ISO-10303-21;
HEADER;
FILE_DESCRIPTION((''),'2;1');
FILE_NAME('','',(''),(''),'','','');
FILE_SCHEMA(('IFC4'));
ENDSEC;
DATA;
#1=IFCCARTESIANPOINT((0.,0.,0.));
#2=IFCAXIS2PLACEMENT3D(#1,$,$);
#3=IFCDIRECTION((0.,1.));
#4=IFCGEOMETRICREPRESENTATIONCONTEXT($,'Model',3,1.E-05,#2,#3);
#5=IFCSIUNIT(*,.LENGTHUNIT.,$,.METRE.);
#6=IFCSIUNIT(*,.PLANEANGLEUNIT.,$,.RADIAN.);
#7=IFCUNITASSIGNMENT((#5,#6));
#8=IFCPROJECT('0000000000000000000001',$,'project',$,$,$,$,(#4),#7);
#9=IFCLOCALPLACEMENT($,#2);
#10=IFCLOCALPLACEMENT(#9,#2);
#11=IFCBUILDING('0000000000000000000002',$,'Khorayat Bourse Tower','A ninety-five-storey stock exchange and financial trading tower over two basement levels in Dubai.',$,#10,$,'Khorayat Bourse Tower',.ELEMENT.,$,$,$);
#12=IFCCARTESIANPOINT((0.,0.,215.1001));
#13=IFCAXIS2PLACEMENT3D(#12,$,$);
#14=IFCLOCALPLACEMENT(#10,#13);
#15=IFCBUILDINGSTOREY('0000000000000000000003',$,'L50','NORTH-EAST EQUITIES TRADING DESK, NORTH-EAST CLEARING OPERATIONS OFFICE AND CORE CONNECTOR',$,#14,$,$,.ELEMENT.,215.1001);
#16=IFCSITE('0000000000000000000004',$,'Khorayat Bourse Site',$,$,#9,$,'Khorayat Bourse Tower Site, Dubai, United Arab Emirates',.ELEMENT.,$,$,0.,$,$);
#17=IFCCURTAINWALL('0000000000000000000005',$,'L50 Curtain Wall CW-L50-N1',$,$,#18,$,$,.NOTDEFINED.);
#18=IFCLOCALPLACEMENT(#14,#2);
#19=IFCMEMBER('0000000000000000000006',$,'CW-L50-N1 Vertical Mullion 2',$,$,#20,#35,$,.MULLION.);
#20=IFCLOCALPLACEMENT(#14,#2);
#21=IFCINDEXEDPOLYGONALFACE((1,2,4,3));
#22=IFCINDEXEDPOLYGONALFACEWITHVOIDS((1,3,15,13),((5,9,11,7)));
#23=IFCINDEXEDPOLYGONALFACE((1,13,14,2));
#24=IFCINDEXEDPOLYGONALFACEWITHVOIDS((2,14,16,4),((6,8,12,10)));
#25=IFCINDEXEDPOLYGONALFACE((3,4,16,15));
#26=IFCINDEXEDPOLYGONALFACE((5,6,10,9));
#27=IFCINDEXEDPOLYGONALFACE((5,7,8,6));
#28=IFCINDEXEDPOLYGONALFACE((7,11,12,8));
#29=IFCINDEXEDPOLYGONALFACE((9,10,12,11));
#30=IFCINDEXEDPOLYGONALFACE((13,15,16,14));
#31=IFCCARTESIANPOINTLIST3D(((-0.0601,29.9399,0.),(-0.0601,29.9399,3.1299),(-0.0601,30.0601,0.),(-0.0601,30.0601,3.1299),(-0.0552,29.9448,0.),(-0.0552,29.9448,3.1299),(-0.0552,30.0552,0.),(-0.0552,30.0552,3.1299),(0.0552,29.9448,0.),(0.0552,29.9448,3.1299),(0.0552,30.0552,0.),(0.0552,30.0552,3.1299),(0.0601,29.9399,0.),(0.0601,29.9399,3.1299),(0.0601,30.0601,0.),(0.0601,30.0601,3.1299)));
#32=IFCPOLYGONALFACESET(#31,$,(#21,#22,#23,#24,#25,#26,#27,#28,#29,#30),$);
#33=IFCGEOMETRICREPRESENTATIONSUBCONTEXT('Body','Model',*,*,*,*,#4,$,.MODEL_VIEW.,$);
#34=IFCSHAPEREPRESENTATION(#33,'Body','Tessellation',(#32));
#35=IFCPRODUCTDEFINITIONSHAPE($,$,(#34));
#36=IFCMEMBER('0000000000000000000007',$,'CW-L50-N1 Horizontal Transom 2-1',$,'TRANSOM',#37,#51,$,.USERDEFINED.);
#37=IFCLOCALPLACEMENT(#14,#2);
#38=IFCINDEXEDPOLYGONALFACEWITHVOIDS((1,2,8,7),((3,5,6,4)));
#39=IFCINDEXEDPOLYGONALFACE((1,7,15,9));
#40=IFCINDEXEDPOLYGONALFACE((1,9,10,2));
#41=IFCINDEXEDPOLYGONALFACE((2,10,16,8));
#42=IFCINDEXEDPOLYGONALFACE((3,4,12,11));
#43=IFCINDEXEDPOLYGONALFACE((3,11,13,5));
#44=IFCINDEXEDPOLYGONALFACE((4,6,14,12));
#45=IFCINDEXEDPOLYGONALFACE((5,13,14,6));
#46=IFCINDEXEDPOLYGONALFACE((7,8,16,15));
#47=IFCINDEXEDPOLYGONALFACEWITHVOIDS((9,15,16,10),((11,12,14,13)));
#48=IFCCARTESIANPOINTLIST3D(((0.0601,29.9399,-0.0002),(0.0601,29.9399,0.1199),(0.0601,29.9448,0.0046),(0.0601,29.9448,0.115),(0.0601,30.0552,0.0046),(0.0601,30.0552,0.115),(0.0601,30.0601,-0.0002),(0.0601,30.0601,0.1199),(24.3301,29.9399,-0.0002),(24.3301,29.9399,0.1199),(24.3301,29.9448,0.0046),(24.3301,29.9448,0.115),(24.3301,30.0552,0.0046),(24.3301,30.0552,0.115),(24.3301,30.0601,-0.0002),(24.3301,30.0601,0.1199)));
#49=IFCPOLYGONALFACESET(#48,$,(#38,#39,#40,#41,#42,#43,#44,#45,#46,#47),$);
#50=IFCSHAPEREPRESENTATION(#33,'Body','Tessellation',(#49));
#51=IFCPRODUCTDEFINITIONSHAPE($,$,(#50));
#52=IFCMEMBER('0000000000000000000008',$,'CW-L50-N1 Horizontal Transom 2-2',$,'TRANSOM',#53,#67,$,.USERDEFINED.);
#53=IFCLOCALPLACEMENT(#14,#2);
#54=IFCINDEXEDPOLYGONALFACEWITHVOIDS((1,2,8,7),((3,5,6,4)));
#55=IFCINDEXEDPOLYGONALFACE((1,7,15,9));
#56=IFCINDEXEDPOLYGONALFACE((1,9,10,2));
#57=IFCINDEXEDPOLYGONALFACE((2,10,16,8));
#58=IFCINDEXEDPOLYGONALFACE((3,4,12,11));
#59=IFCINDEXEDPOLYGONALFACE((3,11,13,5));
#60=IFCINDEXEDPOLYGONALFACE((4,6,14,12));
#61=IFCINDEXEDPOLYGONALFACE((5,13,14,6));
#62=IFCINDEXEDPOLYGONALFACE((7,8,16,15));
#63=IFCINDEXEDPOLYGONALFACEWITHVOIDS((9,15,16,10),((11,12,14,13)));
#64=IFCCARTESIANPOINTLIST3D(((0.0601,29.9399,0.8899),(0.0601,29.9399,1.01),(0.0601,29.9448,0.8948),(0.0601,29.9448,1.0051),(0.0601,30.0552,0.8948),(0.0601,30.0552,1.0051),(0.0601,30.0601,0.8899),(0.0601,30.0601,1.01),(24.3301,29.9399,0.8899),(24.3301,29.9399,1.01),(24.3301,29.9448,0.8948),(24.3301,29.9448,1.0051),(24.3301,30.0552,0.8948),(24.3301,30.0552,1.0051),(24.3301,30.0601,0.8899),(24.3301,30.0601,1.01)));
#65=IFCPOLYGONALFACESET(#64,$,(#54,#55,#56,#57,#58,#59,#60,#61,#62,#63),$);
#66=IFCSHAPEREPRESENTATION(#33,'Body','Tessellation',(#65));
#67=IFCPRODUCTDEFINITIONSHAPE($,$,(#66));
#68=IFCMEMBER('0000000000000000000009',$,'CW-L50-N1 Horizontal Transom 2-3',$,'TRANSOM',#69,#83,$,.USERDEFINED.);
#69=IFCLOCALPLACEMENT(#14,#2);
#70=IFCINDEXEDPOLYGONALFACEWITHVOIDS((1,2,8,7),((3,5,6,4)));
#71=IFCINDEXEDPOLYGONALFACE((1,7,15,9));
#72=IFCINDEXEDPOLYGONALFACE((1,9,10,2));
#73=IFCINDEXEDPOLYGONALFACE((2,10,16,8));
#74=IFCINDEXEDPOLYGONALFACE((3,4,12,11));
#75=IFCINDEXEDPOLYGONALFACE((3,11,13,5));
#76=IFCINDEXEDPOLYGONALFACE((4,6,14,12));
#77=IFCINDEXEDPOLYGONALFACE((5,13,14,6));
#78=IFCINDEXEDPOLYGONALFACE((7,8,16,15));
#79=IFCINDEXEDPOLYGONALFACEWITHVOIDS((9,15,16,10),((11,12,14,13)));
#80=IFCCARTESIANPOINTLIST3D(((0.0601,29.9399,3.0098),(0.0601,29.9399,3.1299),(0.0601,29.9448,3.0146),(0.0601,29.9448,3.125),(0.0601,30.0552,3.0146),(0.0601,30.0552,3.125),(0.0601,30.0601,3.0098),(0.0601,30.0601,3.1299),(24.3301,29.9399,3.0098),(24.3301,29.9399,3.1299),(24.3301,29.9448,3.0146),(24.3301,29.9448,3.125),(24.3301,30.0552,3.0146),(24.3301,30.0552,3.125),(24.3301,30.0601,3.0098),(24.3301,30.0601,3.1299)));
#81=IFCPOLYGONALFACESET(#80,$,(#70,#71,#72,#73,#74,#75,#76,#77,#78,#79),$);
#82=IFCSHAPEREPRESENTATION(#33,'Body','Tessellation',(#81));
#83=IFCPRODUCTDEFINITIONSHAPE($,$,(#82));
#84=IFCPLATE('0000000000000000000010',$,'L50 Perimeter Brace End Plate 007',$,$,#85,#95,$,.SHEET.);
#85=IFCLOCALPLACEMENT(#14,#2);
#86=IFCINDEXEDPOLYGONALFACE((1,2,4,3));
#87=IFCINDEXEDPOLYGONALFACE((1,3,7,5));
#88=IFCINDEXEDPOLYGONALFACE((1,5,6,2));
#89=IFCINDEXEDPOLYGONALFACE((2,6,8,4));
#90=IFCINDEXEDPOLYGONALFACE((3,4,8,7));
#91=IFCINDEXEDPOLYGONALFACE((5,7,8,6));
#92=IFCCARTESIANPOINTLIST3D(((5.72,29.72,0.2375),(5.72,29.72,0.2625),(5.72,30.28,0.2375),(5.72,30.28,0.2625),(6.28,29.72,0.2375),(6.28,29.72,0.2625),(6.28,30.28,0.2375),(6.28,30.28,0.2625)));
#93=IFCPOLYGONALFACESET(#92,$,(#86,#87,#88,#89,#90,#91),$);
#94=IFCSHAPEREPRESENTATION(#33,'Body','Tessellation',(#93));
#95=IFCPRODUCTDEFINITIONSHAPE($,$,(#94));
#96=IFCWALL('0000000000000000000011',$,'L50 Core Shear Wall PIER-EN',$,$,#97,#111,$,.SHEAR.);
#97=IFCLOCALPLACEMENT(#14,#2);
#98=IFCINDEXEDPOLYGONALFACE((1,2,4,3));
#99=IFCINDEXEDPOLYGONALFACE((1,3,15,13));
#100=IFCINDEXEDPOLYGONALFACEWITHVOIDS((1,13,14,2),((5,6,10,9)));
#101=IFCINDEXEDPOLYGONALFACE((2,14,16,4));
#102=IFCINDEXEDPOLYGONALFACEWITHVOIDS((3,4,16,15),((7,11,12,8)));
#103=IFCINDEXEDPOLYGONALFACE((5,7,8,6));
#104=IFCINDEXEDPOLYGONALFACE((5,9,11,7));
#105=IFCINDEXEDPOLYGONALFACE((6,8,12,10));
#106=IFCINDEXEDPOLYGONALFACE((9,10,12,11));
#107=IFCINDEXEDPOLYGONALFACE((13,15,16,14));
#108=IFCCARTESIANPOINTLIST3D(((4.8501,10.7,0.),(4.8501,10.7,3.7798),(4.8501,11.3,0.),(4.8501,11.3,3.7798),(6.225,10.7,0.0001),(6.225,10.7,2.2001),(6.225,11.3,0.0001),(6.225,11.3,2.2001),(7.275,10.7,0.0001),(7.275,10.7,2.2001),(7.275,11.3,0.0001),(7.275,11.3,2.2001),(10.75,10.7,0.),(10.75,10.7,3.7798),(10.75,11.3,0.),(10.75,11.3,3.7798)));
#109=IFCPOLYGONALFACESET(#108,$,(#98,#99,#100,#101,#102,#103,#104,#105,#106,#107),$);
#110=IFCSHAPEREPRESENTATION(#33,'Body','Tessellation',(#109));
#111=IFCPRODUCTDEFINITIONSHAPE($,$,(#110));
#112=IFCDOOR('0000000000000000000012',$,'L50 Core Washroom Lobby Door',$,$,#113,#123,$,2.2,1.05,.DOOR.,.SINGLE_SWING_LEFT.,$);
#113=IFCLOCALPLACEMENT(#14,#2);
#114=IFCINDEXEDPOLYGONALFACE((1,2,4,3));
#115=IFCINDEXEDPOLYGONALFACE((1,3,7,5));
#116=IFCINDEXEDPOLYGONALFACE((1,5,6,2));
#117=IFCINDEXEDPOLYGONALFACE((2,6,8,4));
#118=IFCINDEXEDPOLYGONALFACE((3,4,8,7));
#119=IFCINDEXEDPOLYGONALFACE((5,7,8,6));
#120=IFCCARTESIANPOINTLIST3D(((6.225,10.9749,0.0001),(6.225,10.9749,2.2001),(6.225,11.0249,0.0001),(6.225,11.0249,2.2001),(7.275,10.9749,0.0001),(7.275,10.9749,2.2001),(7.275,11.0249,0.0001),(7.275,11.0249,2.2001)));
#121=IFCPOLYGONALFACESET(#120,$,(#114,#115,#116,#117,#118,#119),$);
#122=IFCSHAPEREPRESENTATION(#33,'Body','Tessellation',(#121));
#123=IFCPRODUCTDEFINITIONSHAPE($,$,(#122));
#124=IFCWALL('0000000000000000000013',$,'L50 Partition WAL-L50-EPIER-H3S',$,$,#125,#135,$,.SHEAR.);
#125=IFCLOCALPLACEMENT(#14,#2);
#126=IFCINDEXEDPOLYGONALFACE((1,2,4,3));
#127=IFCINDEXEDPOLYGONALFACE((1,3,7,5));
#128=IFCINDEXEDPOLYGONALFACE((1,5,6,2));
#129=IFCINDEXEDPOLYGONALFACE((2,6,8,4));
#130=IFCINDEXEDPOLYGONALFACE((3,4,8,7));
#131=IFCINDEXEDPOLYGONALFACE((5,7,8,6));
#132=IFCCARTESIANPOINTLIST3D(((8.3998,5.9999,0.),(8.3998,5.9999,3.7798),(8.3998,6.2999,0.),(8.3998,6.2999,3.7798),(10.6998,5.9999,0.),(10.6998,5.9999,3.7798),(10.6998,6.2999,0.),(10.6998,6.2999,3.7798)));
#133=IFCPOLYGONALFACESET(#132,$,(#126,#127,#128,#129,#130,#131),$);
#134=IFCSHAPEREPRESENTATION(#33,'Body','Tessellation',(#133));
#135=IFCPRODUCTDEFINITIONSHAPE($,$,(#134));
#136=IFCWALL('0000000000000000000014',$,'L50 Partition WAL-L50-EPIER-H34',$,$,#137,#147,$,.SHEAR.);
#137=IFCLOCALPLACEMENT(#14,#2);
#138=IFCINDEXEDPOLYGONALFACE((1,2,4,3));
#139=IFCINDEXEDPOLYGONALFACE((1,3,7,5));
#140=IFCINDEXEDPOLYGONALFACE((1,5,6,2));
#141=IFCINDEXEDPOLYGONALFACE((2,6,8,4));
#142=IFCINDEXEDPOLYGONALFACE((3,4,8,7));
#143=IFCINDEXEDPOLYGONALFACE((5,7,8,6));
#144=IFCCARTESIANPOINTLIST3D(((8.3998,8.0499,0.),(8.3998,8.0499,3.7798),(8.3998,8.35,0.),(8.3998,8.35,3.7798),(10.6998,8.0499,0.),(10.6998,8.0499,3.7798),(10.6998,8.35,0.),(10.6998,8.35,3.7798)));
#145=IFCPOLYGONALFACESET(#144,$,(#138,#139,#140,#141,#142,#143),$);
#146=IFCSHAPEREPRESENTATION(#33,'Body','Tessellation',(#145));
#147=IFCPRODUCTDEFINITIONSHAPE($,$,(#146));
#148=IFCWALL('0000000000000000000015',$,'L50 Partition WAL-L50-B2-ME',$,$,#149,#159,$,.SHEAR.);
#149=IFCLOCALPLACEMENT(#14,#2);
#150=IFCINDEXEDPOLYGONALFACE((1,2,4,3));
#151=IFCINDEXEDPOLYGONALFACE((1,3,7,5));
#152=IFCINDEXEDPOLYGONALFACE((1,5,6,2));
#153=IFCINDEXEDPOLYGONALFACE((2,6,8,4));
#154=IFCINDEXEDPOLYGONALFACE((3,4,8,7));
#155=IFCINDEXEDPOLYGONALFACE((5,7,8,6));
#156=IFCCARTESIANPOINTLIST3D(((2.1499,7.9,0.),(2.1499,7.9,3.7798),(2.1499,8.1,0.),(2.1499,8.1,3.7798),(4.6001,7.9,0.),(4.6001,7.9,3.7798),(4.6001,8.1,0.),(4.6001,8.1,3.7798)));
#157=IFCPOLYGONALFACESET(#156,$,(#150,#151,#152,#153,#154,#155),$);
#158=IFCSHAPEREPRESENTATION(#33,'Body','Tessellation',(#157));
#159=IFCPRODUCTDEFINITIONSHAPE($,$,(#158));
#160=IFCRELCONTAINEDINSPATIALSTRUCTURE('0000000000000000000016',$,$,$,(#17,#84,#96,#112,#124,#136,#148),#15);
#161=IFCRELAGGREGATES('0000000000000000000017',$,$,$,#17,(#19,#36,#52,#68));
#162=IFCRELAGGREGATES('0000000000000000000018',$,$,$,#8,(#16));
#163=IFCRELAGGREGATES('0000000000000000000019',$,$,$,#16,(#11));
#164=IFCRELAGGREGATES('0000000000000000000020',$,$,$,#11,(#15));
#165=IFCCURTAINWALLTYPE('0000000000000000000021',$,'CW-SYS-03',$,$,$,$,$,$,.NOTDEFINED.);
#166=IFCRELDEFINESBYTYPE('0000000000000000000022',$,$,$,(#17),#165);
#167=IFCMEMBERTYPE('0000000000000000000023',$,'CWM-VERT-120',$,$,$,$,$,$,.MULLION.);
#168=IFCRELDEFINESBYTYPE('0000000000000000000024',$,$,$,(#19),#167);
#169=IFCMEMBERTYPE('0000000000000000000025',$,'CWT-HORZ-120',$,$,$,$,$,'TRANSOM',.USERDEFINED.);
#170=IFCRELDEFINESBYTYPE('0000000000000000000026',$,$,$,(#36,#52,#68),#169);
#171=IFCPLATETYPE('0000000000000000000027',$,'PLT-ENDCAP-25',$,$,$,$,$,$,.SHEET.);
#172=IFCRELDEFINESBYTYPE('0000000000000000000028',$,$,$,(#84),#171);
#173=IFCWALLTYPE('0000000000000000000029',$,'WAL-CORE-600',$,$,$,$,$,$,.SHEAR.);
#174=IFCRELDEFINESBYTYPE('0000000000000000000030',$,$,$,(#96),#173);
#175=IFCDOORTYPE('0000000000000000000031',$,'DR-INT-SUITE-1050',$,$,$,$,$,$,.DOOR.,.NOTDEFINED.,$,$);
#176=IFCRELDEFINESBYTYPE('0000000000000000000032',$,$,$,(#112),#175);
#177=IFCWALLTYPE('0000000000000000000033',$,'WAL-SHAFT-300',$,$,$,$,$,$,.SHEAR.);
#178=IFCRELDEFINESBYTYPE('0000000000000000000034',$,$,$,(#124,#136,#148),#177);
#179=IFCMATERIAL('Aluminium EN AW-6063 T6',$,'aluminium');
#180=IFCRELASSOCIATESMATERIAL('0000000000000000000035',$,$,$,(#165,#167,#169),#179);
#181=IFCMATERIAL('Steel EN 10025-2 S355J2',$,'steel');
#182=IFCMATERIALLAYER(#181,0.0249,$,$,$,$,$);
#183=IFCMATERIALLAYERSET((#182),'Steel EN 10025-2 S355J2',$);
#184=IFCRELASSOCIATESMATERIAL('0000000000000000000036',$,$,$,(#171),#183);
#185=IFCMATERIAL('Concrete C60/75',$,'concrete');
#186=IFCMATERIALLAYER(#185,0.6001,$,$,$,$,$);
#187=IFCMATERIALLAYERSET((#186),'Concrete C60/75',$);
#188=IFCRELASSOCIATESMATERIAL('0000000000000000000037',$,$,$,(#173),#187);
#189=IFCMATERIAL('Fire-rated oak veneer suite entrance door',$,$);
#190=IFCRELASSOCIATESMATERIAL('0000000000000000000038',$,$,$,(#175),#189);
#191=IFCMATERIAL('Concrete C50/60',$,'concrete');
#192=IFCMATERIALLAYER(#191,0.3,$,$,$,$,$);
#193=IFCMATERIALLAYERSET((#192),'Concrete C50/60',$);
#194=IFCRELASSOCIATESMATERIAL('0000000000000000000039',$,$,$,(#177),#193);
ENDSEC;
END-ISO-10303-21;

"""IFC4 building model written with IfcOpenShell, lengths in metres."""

from ifc_helpers import new_model, si_unit, direction, frame, frame_2d, origin, origin_2d, place, context, subcontext, project, spatial, rectangle, hollow_rectangle, extrude, source, transform, mapped, material, layer, layer_set, material_profile, profile_set, type_object, element, fill, aggregate, save


model = new_model("IFC4")

# Units and contexts
model_context = context("Model", 3, precision=1e-05, world=origin(), true_north=direction((0.0, 1.0)))
body_context = subcontext(model_context, "Body", "Model", "MODEL_VIEW")
ifc_project = project(units=[si_unit("LENGTHUNIT", "METRE"), si_unit("PLANEANGLEUNIT", "RADIAN")], contexts=[model_context])

# Site, building, storey
site_placement = place(None, origin())
site = spatial("IfcSite", under=ifc_project, at=site_placement, Name="Khorayat Bourse Site", LongName="Khorayat Bourse Tower Site, Dubai, United Arab Emirates", CompositionType="ELEMENT", RefElevation=0.0)
building_placement = place(site_placement, origin())
building = spatial("IfcBuilding", under=site, at=building_placement, Name="Khorayat Bourse Tower", Description="A ninety-five-storey stock exchange and financial trading tower over two basement levels in Dubai.", LongName="Khorayat Bourse Tower", CompositionType="ELEMENT")
storey_placement = place(building_placement, frame((0.0, 0.0, 215.1001)))
storey = spatial("IfcBuildingStorey", under=building, at=storey_placement, Name="L50", Description="NORTH-EAST EQUITIES TRADING DESK, NORTH-EAST CLEARING OPERATIONS OFFICE AND CORE CONNECTOR", CompositionType="ELEMENT", Elevation=215.1001)

# Shared definitions
ifc_material_1 = material(Name="Concrete C60/75", Category="concrete")

# Curtain wall, members
ifc_material_2 = material(Name="Aluminium EN AW-6063 T6", Category="aluminium")
curtain_wall_type = type_object("IfcCurtainWallType", Name="CW-SYS-03", PredefinedType="NOTDEFINED", material=ifc_material_2)
curtain_wall_placement = place(storey_placement, origin())
curtain_wall = element("IfcCurtainWall", 1, at=curtain_wall_placement, inside=storey, type_object=curtain_wall_type, Name="L50 Curtain Wall CW-L50-N1", PredefinedType="NOTDEFINED")
ifc_material_profile_1 = material_profile(ifc_material_2, hollow_rectangle(XDim=0.1201, YDim=0.1201, WallThickness=0.0049, at=origin_2d()), Name="ALU 120x120x5")
ifc_profile_set_1 = profile_set([ifc_material_profile_1], Name="Aluminium EN AW-6063 T6")
member_type_1 = type_object("IfcMemberType", Name="CWM-VERT-120", PredefinedType="MULLION", material=ifc_profile_set_1)
shared_shape_1 = source(origin(), body_context, "Body", "SweptSolid", [
    extrude(hollow_rectangle(XDim=0.1201, YDim=0.1201, WallThickness=0.0049, at=origin_2d()), origin(), (0.0, 0.0, 1.0), 3.1299),
])
member_1_placement = place(storey_placement, frame((0.0, 30.0, 0.0), z_axis=(0.0, 0.0, 1.0), x_axis=(0.0, 1.0, 0.0)))
member_1 = element("IfcMember", 2, at=member_1_placement, type_object=member_type_1, Name="CW-L50-N1 Vertical Mullion 2", PredefinedType="MULLION", context=body_context, shape_type="MappedRepresentation", body=[
    mapped(shared_shape_1, transform((0.0, 0.0, 0.0), scale=1.0)),
])
ifc_material_profile_2 = material_profile(ifc_material_2, hollow_rectangle(XDim=0.1201, YDim=0.1201, WallThickness=0.0049, at=origin_2d()), Name="ALU 120x120x5")
ifc_profile_set_2 = profile_set([ifc_material_profile_2], Name="Aluminium EN AW-6063 T6")
member_type_2 = type_object("IfcMemberType", Name="CWT-HORZ-120", ElementType="TRANSOM", PredefinedType="USERDEFINED", material=ifc_profile_set_2)
shared_shape_2 = source(origin(), body_context, "Body", "SweptSolid", [
    extrude(hollow_rectangle(XDim=0.1201, YDim=0.1201, WallThickness=0.0049, at=origin_2d()), origin(), (0.0, 0.0, 1.0), 24.27),
])
member_2_placement = place(storey_placement, frame((0.0601, 30.0, 0.0598), z_axis=(1.0, 0.0, 0.0), x_axis=(0.0, 1.0, 0.0)))
member_2 = element("IfcMember", 3, at=member_2_placement, type_object=member_type_2, Name="CW-L50-N1 Horizontal Transom 2-1", ObjectType="TRANSOM", PredefinedType="USERDEFINED", context=body_context, shape_type="MappedRepresentation", body=[
    mapped(shared_shape_2, transform((0.0, 0.0, 0.0), scale=1.0)),
])
member_3_placement = place(storey_placement, frame((0.0601, 30.0, 0.95), z_axis=(1.0, 0.0, 0.0), x_axis=(0.0, 1.0, 0.0)))
member_3 = element("IfcMember", 4, at=member_3_placement, type_object=member_type_2, Name="CW-L50-N1 Horizontal Transom 2-2", ObjectType="TRANSOM", PredefinedType="USERDEFINED", context=body_context, shape_type="MappedRepresentation", body=[
    mapped(shared_shape_2, transform((0.0, 0.0, 0.0), scale=1.0)),
])
member_4_placement = place(storey_placement, frame((0.0601, 30.0, 3.0698), z_axis=(1.0, 0.0, 0.0), x_axis=(0.0, 1.0, 0.0)))
member_4 = element("IfcMember", 5, at=member_4_placement, type_object=member_type_2, Name="CW-L50-N1 Horizontal Transom 2-3", ObjectType="TRANSOM", PredefinedType="USERDEFINED", context=body_context, shape_type="MappedRepresentation", body=[
    mapped(shared_shape_2, transform((0.0, 0.0, 0.0), scale=1.0)),
])
aggregate(curtain_wall, [member_1, member_2, member_3, member_4])

# Plate
ifc_material_3 = material(Name="Steel EN 10025-2 S355J2", Category="steel")
ifc_layer_1 = layer(ifc_material_3, 0.0249)
ifc_layer_set_1 = layer_set([ifc_layer_1], Name="Steel EN 10025-2 S355J2")
plate_type = type_object("IfcPlateType", Name="PLT-ENDCAP-25", PredefinedType="SHEET", material=ifc_layer_set_1)
shared_shape_3 = source(origin(), body_context, "Body", "SweptSolid", [
    extrude(rectangle(XDim=0.5601, YDim=0.5601, at=origin_2d()), origin(), (0.0, 0.0, 1.0), 0.0249),
])
plate_placement = place(storey_placement, frame((6.0, 30.0, 0.2375), z_axis=(0.0, 0.0, 1.0), x_axis=(1.0, 0.0, 0.0)))
element("IfcPlate", 6, at=plate_placement, inside=storey, type_object=plate_type, Name="L50 Perimeter Brace End Plate 007", PredefinedType="SHEET", context=body_context, shape_type="MappedRepresentation", body=[
    mapped(shared_shape_3, transform((0.0, 0.0, 0.0), scale=1.0)),
])

# Wall, opening, door
ifc_layer_2 = layer(ifc_material_1, 0.6001)
ifc_layer_set_2 = layer_set([ifc_layer_2], Name="Concrete C60/75")
wall_type_1 = type_object("IfcWallType", Name="WAL-CORE-600", PredefinedType="SHEAR", material=ifc_layer_set_2)
shared_shape_4 = source(origin(), body_context, "Body", "SweptSolid", [
    extrude(rectangle(XDim=5.8999, YDim=0.6001, at=frame_2d((2.95, 0.0))), origin(), (0.0, 0.0, 1.0), 3.7798),
])
wall_1_placement = place(storey_placement, frame((4.8501, 11.0, 0.0), z_axis=(0.0, 0.0, 1.0), x_axis=(1.0, 0.0, 0.0)))
wall_1 = element("IfcWall", 7, at=wall_1_placement, inside=storey, type_object=wall_type_1, Name="L50 Core Shear Wall PIER-EN", PredefinedType="SHEAR", context=body_context, shape_type="MappedRepresentation", body=[
    mapped(shared_shape_4, transform((0.0, 0.0, 0.0), scale=1.0)),
])
shared_shape_5 = source(origin(), body_context, "Body", "SweptSolid", [
    extrude(rectangle(XDim=1.05, YDim=2.2, at=frame_2d((0.5249, 1.1001))), frame((0.0, 0.3101, 0.0), z_axis=(0.0, -1.0, 0.0), x_axis=(1.0, 0.0, 0.0)), (0.0, 0.0, 1.0), 0.6201),
])
opening_1_placement = place(wall_1_placement, frame((1.375, 0.0, 0.0)))
opening_1 = element("IfcOpeningElement", 8, at=opening_1_placement, cuts=wall_1, PredefinedType="OPENING", context=body_context, shape_type="MappedRepresentation", body=[
    mapped(shared_shape_5, transform((0.0, 0.0, 0.0), scale=1.0)),
])
ifc_material_4 = material(Name="Fire-rated oak veneer suite entrance door")
door_type_1 = type_object("IfcDoorType", Name="DR-INT-SUITE-1050", OperationType="NOTDEFINED", PredefinedType="DOOR", material=ifc_material_4)
shared_shape_6 = source(origin(), body_context, "Body", "SweptSolid", [
    extrude(rectangle(XDim=1.05, YDim=2.2, at=frame_2d((0.5249, 1.1001))), frame((0.0, 0.0249, 0.0), z_axis=(0.0, -1.0, 0.0), x_axis=(1.0, 0.0, 0.0)), (0.0, 0.0, 1.0), 0.05),
])
door_1_placement = place(opening_1_placement, origin())
door_1 = element("IfcDoor", 9, at=door_1_placement, inside=storey, type_object=door_type_1, Name="L50 Core Washroom Lobby Door", OperationType="SINGLE_SWING_LEFT", OverallHeight=2.2, OverallWidth=1.05, PredefinedType="DOOR", context=body_context, shape_type="MappedRepresentation", body=[
    mapped(shared_shape_6, transform((0.0, 0.0, 0.0), scale=1.0)),
])
fill(opening_1, door_1)

# Walls
ifc_material_5 = material(Name="Concrete C50/60", Category="concrete")
ifc_layer_3 = layer(ifc_material_5, 0.3)
ifc_layer_set_3 = layer_set([ifc_layer_3], Name="Concrete C50/60")
wall_type_2 = type_object("IfcWallType", Name="WAL-SHAFT-300", PredefinedType="SHEAR", material=ifc_layer_set_3)
shared_shape_7 = source(origin(), body_context, "Body", "SweptSolid", [
    extrude(rectangle(XDim=2.3, YDim=0.3, at=frame_2d((1.1499, 0.0))), origin(), (0.0, 0.0, 1.0), 3.7798),
])
for number, where, z_axis, x_axis, name in (
    (10, (8.3999, 6.1499, 0.0), (0.0, 0.0, 1.0), (1.0, 0.0, 0.0), "L50 Partition WAL-L50-EPIER-H3S"),
    (11, (8.3999, 8.2, 0.0), (0.0, 0.0, 1.0), (1.0, 0.0, 0.0), "L50 Partition WAL-L50-EPIER-H34"),
):
    element("IfcWall", number, at=place(storey_placement, frame(where, z_axis=z_axis, x_axis=x_axis)), inside=storey, type_object=wall_type_2, Name=name, PredefinedType="SHEAR", context=body_context, shape_type="MappedRepresentation", body=[
        mapped(shared_shape_7, transform((0.0, 0.0, 0.0), scale=1.0)),
    ])

# Wall
shared_shape_8 = source(origin(), body_context, "Body", "SweptSolid", [
    extrude(rectangle(XDim=2.4502, YDim=0.2, at=frame_2d((1.2251, 0.0))), origin(), (0.0, 0.0, 1.0), 3.7798),
])
wall_2_placement = place(storey_placement, frame((2.1499, 8.0, 0.0), z_axis=(0.0, 0.0, 1.0), x_axis=(1.0, 0.0, 0.0)))
element("IfcWall", 12, at=wall_2_placement, inside=storey, type_object=wall_type_2, Name="L50 Partition WAL-L50-B2-ME", PredefinedType="SHEAR", context=body_context, shape_type="MappedRepresentation", body=[
    mapped(shared_shape_8, transform((0.0, 0.0, 0.0), scale=1.0)),
])

save(model, "model.ifc")
